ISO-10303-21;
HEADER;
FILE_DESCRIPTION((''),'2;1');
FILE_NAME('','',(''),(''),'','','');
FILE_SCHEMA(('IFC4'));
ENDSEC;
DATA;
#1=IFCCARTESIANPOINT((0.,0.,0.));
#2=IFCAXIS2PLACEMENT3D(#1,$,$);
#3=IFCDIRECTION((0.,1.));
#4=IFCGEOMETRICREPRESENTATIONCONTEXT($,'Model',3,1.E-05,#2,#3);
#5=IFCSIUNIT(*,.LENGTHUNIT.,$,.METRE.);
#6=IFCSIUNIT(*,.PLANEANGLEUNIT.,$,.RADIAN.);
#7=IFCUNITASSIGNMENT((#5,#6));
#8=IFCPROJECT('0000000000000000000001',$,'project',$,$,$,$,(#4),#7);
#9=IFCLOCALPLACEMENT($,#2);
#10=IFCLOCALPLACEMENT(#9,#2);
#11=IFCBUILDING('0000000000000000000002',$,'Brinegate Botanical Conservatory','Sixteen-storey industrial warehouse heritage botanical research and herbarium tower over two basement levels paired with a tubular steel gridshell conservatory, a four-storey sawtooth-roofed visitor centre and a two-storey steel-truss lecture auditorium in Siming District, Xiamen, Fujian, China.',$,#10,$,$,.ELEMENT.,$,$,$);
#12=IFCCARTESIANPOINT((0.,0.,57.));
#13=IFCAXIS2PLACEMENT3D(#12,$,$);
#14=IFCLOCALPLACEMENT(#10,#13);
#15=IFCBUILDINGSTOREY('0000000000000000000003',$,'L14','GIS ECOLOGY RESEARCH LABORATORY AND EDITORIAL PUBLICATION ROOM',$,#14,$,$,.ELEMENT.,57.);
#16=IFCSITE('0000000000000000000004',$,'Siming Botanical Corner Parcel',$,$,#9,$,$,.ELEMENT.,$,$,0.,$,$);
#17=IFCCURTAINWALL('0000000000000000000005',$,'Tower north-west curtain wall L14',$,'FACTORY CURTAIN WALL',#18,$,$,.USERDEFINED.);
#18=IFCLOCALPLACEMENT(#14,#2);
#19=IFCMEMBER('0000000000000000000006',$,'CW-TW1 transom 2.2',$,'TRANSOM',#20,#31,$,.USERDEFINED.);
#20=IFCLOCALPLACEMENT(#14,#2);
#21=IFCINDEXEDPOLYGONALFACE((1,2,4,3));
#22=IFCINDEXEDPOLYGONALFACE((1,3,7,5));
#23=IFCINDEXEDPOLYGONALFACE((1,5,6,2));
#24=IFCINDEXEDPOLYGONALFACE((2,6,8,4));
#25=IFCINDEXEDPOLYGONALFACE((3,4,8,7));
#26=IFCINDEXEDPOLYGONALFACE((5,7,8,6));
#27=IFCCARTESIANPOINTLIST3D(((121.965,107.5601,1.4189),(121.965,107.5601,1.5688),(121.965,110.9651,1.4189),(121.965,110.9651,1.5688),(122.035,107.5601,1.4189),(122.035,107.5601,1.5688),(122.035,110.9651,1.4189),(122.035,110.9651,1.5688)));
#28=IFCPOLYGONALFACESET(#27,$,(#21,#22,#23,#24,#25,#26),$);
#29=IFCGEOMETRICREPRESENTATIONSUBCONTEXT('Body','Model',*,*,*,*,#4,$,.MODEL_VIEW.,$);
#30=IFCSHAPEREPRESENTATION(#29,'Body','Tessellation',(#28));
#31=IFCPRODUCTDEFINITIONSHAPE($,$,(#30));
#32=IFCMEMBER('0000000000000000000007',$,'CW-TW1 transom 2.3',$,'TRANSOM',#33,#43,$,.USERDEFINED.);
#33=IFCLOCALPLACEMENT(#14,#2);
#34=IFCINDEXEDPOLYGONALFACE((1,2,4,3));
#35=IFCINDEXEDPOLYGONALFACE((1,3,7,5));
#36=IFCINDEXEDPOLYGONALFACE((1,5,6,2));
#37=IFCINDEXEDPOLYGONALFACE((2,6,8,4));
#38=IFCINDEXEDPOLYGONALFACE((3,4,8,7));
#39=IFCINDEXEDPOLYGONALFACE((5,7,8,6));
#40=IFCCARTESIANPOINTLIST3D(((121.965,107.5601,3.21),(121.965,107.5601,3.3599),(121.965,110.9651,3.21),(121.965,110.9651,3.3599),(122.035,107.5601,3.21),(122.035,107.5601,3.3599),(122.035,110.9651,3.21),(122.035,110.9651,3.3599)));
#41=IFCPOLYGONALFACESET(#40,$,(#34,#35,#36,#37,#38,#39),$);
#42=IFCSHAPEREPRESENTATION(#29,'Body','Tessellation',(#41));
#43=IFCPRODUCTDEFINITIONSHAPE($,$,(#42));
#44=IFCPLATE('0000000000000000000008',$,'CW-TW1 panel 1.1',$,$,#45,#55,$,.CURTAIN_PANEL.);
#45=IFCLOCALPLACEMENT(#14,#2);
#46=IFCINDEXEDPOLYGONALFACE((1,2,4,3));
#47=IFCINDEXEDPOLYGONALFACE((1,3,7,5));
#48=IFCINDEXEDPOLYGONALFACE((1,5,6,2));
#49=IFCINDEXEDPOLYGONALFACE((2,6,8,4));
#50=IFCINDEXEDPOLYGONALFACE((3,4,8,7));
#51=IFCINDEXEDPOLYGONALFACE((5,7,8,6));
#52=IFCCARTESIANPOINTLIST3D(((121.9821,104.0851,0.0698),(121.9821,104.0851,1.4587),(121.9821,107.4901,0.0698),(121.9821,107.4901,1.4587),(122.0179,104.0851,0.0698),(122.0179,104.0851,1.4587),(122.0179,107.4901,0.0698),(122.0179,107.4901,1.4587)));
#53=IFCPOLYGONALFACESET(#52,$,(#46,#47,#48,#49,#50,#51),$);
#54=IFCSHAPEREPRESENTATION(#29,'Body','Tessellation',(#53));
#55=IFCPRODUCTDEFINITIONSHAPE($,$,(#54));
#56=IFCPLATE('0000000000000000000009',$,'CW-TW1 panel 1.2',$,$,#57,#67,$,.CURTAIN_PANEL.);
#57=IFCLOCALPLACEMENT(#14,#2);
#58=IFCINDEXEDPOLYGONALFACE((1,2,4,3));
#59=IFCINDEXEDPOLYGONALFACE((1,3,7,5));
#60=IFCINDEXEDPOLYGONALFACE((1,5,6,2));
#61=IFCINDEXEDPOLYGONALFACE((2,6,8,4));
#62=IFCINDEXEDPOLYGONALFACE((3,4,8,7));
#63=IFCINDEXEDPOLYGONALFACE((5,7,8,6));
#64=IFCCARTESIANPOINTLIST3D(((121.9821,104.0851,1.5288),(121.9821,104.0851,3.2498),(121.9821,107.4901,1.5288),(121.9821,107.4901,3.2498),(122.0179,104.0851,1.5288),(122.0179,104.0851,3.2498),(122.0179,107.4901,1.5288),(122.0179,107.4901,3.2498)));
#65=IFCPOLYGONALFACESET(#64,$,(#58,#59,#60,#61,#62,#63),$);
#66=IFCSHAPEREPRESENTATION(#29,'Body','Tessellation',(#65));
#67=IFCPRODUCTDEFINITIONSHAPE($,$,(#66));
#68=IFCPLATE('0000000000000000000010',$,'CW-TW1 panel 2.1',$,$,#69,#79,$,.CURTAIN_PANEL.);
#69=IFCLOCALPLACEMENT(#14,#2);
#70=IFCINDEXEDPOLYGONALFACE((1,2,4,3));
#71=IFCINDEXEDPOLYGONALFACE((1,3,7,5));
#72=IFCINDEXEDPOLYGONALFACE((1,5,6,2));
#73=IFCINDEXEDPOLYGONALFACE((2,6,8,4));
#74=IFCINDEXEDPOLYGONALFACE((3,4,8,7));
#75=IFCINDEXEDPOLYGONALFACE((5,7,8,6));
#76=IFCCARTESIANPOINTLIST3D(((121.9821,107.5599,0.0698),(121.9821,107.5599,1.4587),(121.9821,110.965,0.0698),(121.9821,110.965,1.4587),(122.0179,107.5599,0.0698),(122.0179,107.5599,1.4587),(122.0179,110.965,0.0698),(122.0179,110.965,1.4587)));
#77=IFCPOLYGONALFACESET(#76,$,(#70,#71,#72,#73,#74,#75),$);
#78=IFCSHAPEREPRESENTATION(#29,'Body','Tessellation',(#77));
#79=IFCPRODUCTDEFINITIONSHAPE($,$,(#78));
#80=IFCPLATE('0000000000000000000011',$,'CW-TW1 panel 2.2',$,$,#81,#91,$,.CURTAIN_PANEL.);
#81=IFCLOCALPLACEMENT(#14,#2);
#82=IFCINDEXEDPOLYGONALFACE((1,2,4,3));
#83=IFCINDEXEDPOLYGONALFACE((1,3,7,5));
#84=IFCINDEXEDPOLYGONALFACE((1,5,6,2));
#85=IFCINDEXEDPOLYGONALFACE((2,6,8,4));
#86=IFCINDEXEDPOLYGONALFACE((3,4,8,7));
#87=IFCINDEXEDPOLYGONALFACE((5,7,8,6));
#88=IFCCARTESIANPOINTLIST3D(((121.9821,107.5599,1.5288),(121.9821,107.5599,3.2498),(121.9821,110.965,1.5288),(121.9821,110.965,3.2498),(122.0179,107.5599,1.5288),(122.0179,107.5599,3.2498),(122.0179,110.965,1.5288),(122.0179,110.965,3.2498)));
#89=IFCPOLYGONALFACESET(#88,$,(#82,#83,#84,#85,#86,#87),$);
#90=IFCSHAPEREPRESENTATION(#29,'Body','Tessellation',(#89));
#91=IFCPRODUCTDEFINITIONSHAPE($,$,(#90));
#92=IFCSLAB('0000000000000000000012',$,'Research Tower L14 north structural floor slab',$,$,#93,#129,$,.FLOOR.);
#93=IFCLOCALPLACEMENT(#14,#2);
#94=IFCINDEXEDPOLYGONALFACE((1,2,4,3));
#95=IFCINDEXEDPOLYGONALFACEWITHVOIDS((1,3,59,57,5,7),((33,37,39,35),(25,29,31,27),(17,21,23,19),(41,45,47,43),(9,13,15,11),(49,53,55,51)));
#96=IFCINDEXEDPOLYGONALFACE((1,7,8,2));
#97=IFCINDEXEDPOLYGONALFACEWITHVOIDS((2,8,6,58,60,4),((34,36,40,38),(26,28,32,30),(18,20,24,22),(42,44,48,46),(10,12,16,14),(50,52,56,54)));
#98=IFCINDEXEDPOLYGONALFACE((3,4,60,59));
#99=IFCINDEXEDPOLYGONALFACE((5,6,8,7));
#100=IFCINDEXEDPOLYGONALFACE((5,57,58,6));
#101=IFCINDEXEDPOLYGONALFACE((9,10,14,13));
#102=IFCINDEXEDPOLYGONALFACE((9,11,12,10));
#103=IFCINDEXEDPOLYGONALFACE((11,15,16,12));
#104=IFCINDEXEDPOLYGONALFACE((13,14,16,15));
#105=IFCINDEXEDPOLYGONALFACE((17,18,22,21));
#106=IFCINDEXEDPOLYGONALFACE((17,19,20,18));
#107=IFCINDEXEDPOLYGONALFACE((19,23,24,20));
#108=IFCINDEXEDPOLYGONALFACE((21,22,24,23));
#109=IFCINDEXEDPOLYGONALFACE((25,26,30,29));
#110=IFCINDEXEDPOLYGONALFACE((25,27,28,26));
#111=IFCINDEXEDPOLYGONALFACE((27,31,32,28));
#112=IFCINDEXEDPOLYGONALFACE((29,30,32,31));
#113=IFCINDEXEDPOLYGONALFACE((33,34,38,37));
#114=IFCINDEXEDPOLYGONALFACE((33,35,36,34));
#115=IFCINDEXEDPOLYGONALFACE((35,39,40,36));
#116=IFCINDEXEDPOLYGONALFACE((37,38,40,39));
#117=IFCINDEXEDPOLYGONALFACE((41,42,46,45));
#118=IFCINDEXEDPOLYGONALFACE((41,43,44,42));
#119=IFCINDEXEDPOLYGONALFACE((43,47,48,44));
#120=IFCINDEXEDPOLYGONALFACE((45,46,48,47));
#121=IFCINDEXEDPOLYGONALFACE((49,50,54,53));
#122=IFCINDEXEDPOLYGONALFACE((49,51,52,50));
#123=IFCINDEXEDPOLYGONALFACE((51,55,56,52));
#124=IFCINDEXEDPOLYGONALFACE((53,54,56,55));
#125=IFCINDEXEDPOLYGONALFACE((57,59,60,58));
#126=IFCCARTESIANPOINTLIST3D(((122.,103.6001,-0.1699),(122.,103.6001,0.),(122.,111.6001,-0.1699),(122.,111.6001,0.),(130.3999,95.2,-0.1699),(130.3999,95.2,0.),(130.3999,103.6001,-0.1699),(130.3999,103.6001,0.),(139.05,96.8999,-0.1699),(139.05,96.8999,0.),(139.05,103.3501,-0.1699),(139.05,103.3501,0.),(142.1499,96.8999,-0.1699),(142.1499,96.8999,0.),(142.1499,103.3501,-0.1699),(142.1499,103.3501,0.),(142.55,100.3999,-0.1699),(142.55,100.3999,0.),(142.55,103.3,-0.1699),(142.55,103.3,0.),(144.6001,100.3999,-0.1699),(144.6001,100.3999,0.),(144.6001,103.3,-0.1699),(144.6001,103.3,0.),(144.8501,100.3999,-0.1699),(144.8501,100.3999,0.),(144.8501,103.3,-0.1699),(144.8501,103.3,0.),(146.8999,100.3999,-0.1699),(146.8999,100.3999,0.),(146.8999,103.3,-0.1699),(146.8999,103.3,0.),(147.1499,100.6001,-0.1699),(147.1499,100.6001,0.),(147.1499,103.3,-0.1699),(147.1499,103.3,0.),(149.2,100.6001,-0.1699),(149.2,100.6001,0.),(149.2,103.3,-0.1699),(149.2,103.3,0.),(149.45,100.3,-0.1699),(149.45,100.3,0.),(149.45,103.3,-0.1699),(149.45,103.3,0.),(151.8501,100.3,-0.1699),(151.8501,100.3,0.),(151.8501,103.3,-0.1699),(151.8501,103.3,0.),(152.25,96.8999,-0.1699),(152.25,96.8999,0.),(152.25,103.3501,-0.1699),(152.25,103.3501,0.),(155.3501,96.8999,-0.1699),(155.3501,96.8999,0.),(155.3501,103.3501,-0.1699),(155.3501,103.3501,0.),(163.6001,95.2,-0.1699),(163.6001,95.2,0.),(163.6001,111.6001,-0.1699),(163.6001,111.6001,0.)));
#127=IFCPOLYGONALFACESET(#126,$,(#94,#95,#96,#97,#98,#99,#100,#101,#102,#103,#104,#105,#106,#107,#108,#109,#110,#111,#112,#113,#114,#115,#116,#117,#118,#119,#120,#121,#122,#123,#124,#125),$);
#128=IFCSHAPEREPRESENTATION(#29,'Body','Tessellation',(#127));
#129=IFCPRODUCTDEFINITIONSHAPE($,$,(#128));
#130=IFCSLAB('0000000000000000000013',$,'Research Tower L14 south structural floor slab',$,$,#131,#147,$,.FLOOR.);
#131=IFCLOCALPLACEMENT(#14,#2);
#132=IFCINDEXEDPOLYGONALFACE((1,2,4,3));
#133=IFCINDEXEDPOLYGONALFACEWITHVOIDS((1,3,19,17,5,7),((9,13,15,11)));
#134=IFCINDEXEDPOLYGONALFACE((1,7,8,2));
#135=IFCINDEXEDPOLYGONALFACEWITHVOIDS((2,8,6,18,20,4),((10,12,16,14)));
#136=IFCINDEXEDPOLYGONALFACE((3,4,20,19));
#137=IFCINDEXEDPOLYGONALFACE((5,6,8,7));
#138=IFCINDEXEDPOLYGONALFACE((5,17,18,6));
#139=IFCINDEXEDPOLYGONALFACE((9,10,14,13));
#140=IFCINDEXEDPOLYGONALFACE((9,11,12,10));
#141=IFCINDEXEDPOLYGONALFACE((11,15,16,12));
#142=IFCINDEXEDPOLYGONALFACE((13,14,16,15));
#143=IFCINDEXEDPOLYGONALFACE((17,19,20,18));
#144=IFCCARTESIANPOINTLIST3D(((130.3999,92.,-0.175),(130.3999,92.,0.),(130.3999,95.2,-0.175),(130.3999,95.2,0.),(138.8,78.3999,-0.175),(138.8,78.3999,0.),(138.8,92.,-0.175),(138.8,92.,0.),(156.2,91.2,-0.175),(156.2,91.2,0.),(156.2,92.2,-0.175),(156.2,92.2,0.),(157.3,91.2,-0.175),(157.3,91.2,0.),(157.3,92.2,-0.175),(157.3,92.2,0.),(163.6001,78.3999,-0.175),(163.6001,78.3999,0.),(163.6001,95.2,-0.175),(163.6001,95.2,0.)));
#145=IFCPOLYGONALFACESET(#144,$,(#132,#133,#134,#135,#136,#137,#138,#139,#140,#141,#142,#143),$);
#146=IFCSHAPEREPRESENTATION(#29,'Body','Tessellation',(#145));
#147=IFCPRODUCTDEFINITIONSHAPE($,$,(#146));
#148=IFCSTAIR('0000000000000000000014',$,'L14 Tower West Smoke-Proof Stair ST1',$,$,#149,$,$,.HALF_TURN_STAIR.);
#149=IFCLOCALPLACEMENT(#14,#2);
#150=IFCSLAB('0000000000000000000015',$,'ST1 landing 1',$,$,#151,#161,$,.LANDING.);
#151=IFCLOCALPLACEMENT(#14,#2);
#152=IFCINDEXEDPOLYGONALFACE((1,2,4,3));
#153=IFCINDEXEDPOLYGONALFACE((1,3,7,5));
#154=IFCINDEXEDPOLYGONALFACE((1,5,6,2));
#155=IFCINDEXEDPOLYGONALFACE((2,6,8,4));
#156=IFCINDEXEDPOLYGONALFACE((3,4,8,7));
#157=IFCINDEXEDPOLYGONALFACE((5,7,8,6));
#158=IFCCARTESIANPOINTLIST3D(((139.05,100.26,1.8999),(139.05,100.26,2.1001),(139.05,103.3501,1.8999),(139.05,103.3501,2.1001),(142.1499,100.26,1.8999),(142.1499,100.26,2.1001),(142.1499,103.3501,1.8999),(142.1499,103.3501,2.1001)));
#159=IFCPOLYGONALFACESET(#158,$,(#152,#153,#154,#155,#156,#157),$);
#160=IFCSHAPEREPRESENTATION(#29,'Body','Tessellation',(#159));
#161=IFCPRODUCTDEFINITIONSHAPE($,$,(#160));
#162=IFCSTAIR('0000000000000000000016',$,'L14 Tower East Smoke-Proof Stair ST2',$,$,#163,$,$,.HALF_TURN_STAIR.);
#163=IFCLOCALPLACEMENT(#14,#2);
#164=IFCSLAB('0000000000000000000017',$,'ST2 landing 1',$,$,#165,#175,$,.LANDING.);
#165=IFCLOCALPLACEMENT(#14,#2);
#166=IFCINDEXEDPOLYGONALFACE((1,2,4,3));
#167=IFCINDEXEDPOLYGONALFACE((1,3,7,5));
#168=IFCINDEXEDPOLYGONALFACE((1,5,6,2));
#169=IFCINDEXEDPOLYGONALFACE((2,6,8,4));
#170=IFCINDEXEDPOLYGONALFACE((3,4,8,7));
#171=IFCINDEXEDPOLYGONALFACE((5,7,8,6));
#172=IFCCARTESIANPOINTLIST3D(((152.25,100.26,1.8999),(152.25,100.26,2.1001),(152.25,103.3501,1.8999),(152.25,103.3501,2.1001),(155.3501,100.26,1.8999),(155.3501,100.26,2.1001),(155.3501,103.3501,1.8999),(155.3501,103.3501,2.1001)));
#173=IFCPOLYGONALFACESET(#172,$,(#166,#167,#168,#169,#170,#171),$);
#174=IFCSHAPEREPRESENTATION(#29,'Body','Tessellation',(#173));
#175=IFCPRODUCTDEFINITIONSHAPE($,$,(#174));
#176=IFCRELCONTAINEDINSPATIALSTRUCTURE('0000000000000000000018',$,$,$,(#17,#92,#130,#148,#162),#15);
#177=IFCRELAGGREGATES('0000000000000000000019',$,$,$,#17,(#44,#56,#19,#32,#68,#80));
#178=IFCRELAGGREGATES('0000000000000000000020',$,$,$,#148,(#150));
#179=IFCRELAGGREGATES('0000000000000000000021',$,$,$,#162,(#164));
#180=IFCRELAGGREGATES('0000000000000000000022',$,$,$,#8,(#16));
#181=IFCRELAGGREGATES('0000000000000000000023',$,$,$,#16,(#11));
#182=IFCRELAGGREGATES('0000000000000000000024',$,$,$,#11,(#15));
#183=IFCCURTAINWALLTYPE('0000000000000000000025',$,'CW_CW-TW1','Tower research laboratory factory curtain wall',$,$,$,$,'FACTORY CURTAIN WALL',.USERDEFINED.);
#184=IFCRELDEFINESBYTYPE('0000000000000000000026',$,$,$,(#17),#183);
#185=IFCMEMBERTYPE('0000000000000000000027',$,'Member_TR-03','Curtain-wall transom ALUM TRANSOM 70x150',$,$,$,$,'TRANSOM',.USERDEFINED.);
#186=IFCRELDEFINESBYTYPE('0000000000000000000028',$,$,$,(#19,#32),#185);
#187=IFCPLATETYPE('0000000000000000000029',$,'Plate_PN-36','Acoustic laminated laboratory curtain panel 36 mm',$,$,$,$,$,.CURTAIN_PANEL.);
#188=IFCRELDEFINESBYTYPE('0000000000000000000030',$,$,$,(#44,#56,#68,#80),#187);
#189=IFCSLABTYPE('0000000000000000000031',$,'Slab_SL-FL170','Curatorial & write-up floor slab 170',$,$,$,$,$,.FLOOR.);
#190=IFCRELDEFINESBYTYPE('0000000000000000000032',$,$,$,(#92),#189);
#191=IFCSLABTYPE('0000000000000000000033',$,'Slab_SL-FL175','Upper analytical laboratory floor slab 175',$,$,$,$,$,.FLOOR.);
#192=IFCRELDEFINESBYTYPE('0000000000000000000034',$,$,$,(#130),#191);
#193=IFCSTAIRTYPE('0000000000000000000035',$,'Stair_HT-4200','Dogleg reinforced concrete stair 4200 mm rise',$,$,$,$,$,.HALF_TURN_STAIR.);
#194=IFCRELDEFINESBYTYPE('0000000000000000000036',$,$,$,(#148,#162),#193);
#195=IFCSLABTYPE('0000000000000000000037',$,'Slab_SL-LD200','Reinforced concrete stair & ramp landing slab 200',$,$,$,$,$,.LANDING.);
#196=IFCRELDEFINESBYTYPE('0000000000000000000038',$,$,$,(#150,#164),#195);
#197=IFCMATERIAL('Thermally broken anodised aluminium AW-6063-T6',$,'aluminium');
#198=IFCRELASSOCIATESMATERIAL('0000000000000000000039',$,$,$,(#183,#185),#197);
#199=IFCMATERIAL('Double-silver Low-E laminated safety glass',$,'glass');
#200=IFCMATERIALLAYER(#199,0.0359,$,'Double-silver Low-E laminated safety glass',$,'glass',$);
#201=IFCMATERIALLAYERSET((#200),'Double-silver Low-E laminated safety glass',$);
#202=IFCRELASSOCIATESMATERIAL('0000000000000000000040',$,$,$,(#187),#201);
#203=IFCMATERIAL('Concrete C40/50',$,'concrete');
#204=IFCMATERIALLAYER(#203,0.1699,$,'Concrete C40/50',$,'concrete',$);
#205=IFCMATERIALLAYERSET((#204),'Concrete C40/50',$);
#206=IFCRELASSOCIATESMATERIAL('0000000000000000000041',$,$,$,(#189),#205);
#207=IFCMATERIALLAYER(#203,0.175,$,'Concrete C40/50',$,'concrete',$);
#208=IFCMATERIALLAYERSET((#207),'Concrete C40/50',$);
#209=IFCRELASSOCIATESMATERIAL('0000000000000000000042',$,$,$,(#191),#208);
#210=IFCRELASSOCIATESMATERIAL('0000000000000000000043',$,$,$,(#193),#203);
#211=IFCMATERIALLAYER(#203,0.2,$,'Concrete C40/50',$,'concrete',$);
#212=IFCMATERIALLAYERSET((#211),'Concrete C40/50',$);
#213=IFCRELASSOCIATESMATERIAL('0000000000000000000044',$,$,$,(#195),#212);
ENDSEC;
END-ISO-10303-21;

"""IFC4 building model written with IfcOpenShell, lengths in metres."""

from ifc_helpers import new_model, si_unit, direction, frame, origin, origin_2d, place, context, subcontext, project, spatial, polyline, rectangle, outline, extrude, material, layer, layer_set, material_profile, profile_set, type_object, element, aggregate, save


model = new_model("IFC4")

# Units and contexts
model_context = context("Model", 3, precision=1e-05, world=origin(), true_north=direction((0.0, 1.0)))
body_context = subcontext(model_context, "Body", "Model", "MODEL_VIEW")
ifc_project = project(units=[si_unit("LENGTHUNIT", "METRE"), si_unit("PLANEANGLEUNIT", "RADIAN")], contexts=[model_context])

# Site, building, storey
site_placement = place(None, origin())
site = spatial("IfcSite", under=ifc_project, at=site_placement, Name="Siming Botanical Corner Parcel", CompositionType="ELEMENT", RefElevation=0.0)
building_placement = place(site_placement, origin())
building = spatial("IfcBuilding", under=site, at=building_placement, Name="Brinegate Botanical Conservatory", Description="Sixteen-storey industrial warehouse heritage botanical research and herbarium tower over two basement levels paired with a tubular steel gridshell conservatory, a four-storey sawtooth-roofed visitor centre and a two-storey steel-truss lecture auditorium in Siming District, Xiamen, Fujian, China.", CompositionType="ELEMENT")
storey_placement = place(building_placement, frame((0.0, 0.0, 57.0)))
storey = spatial("IfcBuildingStorey", under=building, at=storey_placement, Name="L14", Description="GIS ECOLOGY RESEARCH LABORATORY AND EDITORIAL PUBLICATION ROOM", CompositionType="ELEMENT", Elevation=57.0)

# Shared definitions
ifc_material_1 = material(Name="Concrete C40/50", Category="concrete")

# Curtain wall, members, plates
ifc_material_2 = material(Name="Thermally broken anodised aluminium AW-6063-T6", Category="aluminium")
curtain_wall_type = type_object("IfcCurtainWallType", Name="CW_CW-TW1", Description="Tower research laboratory factory curtain wall", ElementType="FACTORY CURTAIN WALL", PredefinedType="USERDEFINED", material=ifc_material_2)
curtain_wall_placement = place(storey_placement, origin())
curtain_wall = element("IfcCurtainWall", 1, at=curtain_wall_placement, inside=storey, type_object=curtain_wall_type, Name="Tower north-west curtain wall L14", ObjectType="FACTORY CURTAIN WALL", PredefinedType="USERDEFINED")
ifc_material_profile_1 = material_profile(ifc_material_2, rectangle(XDim=0.0701, YDim=0.1499, at=origin_2d()), Name="ALUM TRANSOM 70x150")
ifc_profile_set_1 = profile_set([ifc_material_profile_1], Name="Thermally broken anodised aluminium AW-6063-T6")
member_type_1 = type_object("IfcMemberType", Name="Member_TR-03", Description="Curtain-wall transom ALUM TRANSOM 70x150", ElementType="TRANSOM", PredefinedType="USERDEFINED", material=ifc_profile_set_1)
member_1_placement = place(storey_placement, frame((122.0, 107.5601, 1.4939), z_axis=(0.0, 1.0, 0.0), x_axis=(-1.0, 0.0, 0.0)))
member_1 = element("IfcMember", 2, at=member_1_placement, type_object=member_type_1, Name="CW-TW1 transom 2.2", ObjectType="TRANSOM", PredefinedType="USERDEFINED", context=body_context, shape_type="SweptSolid", body=[
    extrude(rectangle(XDim=0.0701, YDim=0.1499, at=origin_2d()), origin(), (0.0, 0.0, 1.0), 3.405),
])
member_2_placement = place(storey_placement, frame((122.0, 107.5601, 3.2849), z_axis=(0.0, 1.0, 0.0), x_axis=(-1.0, 0.0, 0.0)))
member_2 = element("IfcMember", 3, at=member_2_placement, type_object=member_type_1, Name="CW-TW1 transom 2.3", ObjectType="TRANSOM", PredefinedType="USERDEFINED", context=body_context, shape_type="SweptSolid", body=[
    extrude(rectangle(XDim=0.0701, YDim=0.1499, at=origin_2d()), origin(), (0.0, 0.0, 1.0), 3.405),
])
ifc_material_3 = material(Name="Double-silver Low-E laminated safety glass", Category="glass")
ifc_layer_1 = layer(ifc_material_3, 0.0359, Name="Double-silver Low-E laminated safety glass", Category="glass")
ifc_layer_set_1 = layer_set([ifc_layer_1], Name="Double-silver Low-E laminated safety glass")
plate_type = type_object("IfcPlateType", Name="Plate_PN-36", Description="Acoustic laminated laboratory curtain panel 36 mm", PredefinedType="CURTAIN_PANEL", material=ifc_layer_set_1)
plate_1_placement = place(storey_placement, frame((122.0, 105.7876, 0.0698), z_axis=(0.0, 0.0, 1.0), x_axis=(0.0, 1.0, 0.0)))
plate_1 = element("IfcPlate", 4, at=plate_1_placement, type_object=plate_type, Name="CW-TW1 panel 1.1", PredefinedType="CURTAIN_PANEL", context=body_context, shape_type="SweptSolid", body=[
    extrude(rectangle(XDim=3.405, YDim=0.0359, at=origin_2d()), origin(), (0.0, 0.0, 1.0), 1.3889),
])
plate_2_placement = place(storey_placement, frame((122.0, 105.7876, 1.5288), z_axis=(0.0, 0.0, 1.0), x_axis=(0.0, 1.0, 0.0)))
plate_2 = element("IfcPlate", 5, at=plate_2_placement, type_object=plate_type, Name="CW-TW1 panel 1.2", PredefinedType="CURTAIN_PANEL", context=body_context, shape_type="SweptSolid", body=[
    extrude(rectangle(XDim=3.405, YDim=0.0359, at=origin_2d()), origin(), (0.0, 0.0, 1.0), 1.7209),
])
plate_3_placement = place(storey_placement, frame((122.0, 109.2625, 0.0698), z_axis=(0.0, 0.0, 1.0), x_axis=(0.0, 1.0, 0.0)))
plate_3 = element("IfcPlate", 6, at=plate_3_placement, type_object=plate_type, Name="CW-TW1 panel 2.1", PredefinedType="CURTAIN_PANEL", context=body_context, shape_type="SweptSolid", body=[
    extrude(rectangle(XDim=3.405, YDim=0.0359, at=origin_2d()), origin(), (0.0, 0.0, 1.0), 1.3889),
])
plate_4_placement = place(storey_placement, frame((122.0, 109.2625, 1.5288), z_axis=(0.0, 0.0, 1.0), x_axis=(0.0, 1.0, 0.0)))
plate_4 = element("IfcPlate", 7, at=plate_4_placement, type_object=plate_type, Name="CW-TW1 panel 2.2", PredefinedType="CURTAIN_PANEL", context=body_context, shape_type="SweptSolid", body=[
    extrude(rectangle(XDim=3.405, YDim=0.0359, at=origin_2d()), origin(), (0.0, 0.0, 1.0), 1.7209),
])
aggregate(curtain_wall, [plate_1, plate_2, member_1, member_2, plate_3, plate_4])

# Slabs
ifc_layer_2 = layer(ifc_material_1, 0.1699, Name="Concrete C40/50", Category="concrete")
ifc_layer_set_2 = layer_set([ifc_layer_2], Name="Concrete C40/50")
slab_type_1 = type_object("IfcSlabType", Name="Slab_SL-FL170", Description="Curatorial & write-up floor slab 170", PredefinedType="FLOOR", material=ifc_layer_set_2)
slab_1_placement = place(storey_placement, frame((0.0, 0.0, -0.1699)))
element("IfcSlab", 8, at=slab_1_placement, inside=storey, type_object=slab_type_1, Name="Research Tower L14 north structural floor slab", PredefinedType="FLOOR", context=body_context, shape_type="SweptSolid", body=[
    extrude(outline(polyline([(130.3999, 103.6001), (122.0, 103.6001), (122.0, 111.6001), (163.6001, 111.6001), (163.6001, 95.2), (130.3999, 95.2), (130.3999, 103.6001)]), holes=[polyline([(142.1499, 96.8999), (142.1499, 103.3501), (139.05, 103.3501), (139.05, 96.8999), (142.1499, 96.8999)]), polyline([(155.3501, 96.8999), (155.3501, 103.3501), (152.25, 103.3501), (152.25, 96.8999), (155.3501, 96.8999)]), polyline([(142.55, 100.3999), (144.6001, 100.3999), (144.6001, 103.3), (142.55, 103.3), (142.55, 100.3999)]), polyline([(144.8501, 100.3999), (146.8999, 100.3999), (146.8999, 103.3), (144.8501, 103.3), (144.8501, 100.3999)]), polyline([(147.1499, 100.6001), (149.2, 100.6001), (149.2, 103.3), (147.1499, 103.3), (147.1499, 100.6001)]), polyline([(149.45, 100.3), (151.8501, 100.3), (151.8501, 103.3), (149.45, 103.3), (149.45, 100.3)])]), origin(), (0.0, 0.0, 1.0), 0.1699),
])
ifc_layer_3 = layer(ifc_material_1, 0.175, Name="Concrete C40/50", Category="concrete")
ifc_layer_set_3 = layer_set([ifc_layer_3], Name="Concrete C40/50")
slab_type_2 = type_object("IfcSlabType", Name="Slab_SL-FL175", Description="Upper analytical laboratory floor slab 175", PredefinedType="FLOOR", material=ifc_layer_set_3)
slab_2_placement = place(storey_placement, frame((0.0, 0.0, -0.175)))
element("IfcSlab", 9, at=slab_2_placement, inside=storey, type_object=slab_type_2, Name="Research Tower L14 south structural floor slab", PredefinedType="FLOOR", context=body_context, shape_type="SweptSolid", body=[
    extrude(outline(polyline([(163.6001, 78.3999), (138.8, 78.3999), (138.8, 92.0), (130.3999, 92.0), (130.3999, 95.2), (163.6001, 95.2), (163.6001, 78.3999)]), holes=[polyline([(156.2, 91.2), (157.3, 91.2), (157.3, 92.2), (156.2, 92.2), (156.2, 91.2)])]), origin(), (0.0, 0.0, 1.0), 0.175),
])

# Stairs, slabs
stair_type = type_object("IfcStairType", Name="Stair_HT-4200", Description="Dogleg reinforced concrete stair 4200 mm rise", PredefinedType="HALF_TURN_STAIR", material=ifc_material_1)
stair_1_placement = place(storey_placement, origin())
stair_1 = element("IfcStair", 10, at=stair_1_placement, inside=storey, type_object=stair_type, Name="L14 Tower West Smoke-Proof Stair ST1", PredefinedType="HALF_TURN_STAIR")
ifc_layer_4 = layer(ifc_material_1, 0.2, Name="Concrete C40/50", Category="concrete")
ifc_layer_set_4 = layer_set([ifc_layer_4], Name="Concrete C40/50")
slab_type_3 = type_object("IfcSlabType", Name="Slab_SL-LD200", Description="Reinforced concrete stair & ramp landing slab 200", PredefinedType="LANDING", material=ifc_layer_set_4)
slab_3_placement = place(storey_placement, frame((0.0, 0.0, 1.8999)))
slab_3 = element("IfcSlab", 11, at=slab_3_placement, type_object=slab_type_3, Name="ST1 landing 1", PredefinedType="LANDING", context=body_context, shape_type="SweptSolid", body=[
    extrude(outline(polyline([(142.1499, 100.26), (142.1499, 103.3501), (139.05, 103.3501), (139.05, 100.26), (142.1499, 100.26)])), origin(), (0.0, 0.0, 1.0), 0.2002),
])
aggregate(stair_1, [slab_3])
stair_2_placement = place(storey_placement, origin())
stair_2 = element("IfcStair", 12, at=stair_2_placement, inside=storey, type_object=stair_type, Name="L14 Tower East Smoke-Proof Stair ST2", PredefinedType="HALF_TURN_STAIR")
slab_4_placement = place(storey_placement, frame((0.0, 0.0, 1.8999)))
slab_4 = element("IfcSlab", 13, at=slab_4_placement, type_object=slab_type_3, Name="ST2 landing 1", PredefinedType="LANDING", context=body_context, shape_type="SweptSolid", body=[
    extrude(outline(polyline([(155.3501, 100.26), (155.3501, 103.3501), (152.25, 103.3501), (152.25, 100.26), (155.3501, 100.26)])), origin(), (0.0, 0.0, 1.0), 0.2002),
])
aggregate(stair_2, [slab_4])

save(model, "model.ifc")
